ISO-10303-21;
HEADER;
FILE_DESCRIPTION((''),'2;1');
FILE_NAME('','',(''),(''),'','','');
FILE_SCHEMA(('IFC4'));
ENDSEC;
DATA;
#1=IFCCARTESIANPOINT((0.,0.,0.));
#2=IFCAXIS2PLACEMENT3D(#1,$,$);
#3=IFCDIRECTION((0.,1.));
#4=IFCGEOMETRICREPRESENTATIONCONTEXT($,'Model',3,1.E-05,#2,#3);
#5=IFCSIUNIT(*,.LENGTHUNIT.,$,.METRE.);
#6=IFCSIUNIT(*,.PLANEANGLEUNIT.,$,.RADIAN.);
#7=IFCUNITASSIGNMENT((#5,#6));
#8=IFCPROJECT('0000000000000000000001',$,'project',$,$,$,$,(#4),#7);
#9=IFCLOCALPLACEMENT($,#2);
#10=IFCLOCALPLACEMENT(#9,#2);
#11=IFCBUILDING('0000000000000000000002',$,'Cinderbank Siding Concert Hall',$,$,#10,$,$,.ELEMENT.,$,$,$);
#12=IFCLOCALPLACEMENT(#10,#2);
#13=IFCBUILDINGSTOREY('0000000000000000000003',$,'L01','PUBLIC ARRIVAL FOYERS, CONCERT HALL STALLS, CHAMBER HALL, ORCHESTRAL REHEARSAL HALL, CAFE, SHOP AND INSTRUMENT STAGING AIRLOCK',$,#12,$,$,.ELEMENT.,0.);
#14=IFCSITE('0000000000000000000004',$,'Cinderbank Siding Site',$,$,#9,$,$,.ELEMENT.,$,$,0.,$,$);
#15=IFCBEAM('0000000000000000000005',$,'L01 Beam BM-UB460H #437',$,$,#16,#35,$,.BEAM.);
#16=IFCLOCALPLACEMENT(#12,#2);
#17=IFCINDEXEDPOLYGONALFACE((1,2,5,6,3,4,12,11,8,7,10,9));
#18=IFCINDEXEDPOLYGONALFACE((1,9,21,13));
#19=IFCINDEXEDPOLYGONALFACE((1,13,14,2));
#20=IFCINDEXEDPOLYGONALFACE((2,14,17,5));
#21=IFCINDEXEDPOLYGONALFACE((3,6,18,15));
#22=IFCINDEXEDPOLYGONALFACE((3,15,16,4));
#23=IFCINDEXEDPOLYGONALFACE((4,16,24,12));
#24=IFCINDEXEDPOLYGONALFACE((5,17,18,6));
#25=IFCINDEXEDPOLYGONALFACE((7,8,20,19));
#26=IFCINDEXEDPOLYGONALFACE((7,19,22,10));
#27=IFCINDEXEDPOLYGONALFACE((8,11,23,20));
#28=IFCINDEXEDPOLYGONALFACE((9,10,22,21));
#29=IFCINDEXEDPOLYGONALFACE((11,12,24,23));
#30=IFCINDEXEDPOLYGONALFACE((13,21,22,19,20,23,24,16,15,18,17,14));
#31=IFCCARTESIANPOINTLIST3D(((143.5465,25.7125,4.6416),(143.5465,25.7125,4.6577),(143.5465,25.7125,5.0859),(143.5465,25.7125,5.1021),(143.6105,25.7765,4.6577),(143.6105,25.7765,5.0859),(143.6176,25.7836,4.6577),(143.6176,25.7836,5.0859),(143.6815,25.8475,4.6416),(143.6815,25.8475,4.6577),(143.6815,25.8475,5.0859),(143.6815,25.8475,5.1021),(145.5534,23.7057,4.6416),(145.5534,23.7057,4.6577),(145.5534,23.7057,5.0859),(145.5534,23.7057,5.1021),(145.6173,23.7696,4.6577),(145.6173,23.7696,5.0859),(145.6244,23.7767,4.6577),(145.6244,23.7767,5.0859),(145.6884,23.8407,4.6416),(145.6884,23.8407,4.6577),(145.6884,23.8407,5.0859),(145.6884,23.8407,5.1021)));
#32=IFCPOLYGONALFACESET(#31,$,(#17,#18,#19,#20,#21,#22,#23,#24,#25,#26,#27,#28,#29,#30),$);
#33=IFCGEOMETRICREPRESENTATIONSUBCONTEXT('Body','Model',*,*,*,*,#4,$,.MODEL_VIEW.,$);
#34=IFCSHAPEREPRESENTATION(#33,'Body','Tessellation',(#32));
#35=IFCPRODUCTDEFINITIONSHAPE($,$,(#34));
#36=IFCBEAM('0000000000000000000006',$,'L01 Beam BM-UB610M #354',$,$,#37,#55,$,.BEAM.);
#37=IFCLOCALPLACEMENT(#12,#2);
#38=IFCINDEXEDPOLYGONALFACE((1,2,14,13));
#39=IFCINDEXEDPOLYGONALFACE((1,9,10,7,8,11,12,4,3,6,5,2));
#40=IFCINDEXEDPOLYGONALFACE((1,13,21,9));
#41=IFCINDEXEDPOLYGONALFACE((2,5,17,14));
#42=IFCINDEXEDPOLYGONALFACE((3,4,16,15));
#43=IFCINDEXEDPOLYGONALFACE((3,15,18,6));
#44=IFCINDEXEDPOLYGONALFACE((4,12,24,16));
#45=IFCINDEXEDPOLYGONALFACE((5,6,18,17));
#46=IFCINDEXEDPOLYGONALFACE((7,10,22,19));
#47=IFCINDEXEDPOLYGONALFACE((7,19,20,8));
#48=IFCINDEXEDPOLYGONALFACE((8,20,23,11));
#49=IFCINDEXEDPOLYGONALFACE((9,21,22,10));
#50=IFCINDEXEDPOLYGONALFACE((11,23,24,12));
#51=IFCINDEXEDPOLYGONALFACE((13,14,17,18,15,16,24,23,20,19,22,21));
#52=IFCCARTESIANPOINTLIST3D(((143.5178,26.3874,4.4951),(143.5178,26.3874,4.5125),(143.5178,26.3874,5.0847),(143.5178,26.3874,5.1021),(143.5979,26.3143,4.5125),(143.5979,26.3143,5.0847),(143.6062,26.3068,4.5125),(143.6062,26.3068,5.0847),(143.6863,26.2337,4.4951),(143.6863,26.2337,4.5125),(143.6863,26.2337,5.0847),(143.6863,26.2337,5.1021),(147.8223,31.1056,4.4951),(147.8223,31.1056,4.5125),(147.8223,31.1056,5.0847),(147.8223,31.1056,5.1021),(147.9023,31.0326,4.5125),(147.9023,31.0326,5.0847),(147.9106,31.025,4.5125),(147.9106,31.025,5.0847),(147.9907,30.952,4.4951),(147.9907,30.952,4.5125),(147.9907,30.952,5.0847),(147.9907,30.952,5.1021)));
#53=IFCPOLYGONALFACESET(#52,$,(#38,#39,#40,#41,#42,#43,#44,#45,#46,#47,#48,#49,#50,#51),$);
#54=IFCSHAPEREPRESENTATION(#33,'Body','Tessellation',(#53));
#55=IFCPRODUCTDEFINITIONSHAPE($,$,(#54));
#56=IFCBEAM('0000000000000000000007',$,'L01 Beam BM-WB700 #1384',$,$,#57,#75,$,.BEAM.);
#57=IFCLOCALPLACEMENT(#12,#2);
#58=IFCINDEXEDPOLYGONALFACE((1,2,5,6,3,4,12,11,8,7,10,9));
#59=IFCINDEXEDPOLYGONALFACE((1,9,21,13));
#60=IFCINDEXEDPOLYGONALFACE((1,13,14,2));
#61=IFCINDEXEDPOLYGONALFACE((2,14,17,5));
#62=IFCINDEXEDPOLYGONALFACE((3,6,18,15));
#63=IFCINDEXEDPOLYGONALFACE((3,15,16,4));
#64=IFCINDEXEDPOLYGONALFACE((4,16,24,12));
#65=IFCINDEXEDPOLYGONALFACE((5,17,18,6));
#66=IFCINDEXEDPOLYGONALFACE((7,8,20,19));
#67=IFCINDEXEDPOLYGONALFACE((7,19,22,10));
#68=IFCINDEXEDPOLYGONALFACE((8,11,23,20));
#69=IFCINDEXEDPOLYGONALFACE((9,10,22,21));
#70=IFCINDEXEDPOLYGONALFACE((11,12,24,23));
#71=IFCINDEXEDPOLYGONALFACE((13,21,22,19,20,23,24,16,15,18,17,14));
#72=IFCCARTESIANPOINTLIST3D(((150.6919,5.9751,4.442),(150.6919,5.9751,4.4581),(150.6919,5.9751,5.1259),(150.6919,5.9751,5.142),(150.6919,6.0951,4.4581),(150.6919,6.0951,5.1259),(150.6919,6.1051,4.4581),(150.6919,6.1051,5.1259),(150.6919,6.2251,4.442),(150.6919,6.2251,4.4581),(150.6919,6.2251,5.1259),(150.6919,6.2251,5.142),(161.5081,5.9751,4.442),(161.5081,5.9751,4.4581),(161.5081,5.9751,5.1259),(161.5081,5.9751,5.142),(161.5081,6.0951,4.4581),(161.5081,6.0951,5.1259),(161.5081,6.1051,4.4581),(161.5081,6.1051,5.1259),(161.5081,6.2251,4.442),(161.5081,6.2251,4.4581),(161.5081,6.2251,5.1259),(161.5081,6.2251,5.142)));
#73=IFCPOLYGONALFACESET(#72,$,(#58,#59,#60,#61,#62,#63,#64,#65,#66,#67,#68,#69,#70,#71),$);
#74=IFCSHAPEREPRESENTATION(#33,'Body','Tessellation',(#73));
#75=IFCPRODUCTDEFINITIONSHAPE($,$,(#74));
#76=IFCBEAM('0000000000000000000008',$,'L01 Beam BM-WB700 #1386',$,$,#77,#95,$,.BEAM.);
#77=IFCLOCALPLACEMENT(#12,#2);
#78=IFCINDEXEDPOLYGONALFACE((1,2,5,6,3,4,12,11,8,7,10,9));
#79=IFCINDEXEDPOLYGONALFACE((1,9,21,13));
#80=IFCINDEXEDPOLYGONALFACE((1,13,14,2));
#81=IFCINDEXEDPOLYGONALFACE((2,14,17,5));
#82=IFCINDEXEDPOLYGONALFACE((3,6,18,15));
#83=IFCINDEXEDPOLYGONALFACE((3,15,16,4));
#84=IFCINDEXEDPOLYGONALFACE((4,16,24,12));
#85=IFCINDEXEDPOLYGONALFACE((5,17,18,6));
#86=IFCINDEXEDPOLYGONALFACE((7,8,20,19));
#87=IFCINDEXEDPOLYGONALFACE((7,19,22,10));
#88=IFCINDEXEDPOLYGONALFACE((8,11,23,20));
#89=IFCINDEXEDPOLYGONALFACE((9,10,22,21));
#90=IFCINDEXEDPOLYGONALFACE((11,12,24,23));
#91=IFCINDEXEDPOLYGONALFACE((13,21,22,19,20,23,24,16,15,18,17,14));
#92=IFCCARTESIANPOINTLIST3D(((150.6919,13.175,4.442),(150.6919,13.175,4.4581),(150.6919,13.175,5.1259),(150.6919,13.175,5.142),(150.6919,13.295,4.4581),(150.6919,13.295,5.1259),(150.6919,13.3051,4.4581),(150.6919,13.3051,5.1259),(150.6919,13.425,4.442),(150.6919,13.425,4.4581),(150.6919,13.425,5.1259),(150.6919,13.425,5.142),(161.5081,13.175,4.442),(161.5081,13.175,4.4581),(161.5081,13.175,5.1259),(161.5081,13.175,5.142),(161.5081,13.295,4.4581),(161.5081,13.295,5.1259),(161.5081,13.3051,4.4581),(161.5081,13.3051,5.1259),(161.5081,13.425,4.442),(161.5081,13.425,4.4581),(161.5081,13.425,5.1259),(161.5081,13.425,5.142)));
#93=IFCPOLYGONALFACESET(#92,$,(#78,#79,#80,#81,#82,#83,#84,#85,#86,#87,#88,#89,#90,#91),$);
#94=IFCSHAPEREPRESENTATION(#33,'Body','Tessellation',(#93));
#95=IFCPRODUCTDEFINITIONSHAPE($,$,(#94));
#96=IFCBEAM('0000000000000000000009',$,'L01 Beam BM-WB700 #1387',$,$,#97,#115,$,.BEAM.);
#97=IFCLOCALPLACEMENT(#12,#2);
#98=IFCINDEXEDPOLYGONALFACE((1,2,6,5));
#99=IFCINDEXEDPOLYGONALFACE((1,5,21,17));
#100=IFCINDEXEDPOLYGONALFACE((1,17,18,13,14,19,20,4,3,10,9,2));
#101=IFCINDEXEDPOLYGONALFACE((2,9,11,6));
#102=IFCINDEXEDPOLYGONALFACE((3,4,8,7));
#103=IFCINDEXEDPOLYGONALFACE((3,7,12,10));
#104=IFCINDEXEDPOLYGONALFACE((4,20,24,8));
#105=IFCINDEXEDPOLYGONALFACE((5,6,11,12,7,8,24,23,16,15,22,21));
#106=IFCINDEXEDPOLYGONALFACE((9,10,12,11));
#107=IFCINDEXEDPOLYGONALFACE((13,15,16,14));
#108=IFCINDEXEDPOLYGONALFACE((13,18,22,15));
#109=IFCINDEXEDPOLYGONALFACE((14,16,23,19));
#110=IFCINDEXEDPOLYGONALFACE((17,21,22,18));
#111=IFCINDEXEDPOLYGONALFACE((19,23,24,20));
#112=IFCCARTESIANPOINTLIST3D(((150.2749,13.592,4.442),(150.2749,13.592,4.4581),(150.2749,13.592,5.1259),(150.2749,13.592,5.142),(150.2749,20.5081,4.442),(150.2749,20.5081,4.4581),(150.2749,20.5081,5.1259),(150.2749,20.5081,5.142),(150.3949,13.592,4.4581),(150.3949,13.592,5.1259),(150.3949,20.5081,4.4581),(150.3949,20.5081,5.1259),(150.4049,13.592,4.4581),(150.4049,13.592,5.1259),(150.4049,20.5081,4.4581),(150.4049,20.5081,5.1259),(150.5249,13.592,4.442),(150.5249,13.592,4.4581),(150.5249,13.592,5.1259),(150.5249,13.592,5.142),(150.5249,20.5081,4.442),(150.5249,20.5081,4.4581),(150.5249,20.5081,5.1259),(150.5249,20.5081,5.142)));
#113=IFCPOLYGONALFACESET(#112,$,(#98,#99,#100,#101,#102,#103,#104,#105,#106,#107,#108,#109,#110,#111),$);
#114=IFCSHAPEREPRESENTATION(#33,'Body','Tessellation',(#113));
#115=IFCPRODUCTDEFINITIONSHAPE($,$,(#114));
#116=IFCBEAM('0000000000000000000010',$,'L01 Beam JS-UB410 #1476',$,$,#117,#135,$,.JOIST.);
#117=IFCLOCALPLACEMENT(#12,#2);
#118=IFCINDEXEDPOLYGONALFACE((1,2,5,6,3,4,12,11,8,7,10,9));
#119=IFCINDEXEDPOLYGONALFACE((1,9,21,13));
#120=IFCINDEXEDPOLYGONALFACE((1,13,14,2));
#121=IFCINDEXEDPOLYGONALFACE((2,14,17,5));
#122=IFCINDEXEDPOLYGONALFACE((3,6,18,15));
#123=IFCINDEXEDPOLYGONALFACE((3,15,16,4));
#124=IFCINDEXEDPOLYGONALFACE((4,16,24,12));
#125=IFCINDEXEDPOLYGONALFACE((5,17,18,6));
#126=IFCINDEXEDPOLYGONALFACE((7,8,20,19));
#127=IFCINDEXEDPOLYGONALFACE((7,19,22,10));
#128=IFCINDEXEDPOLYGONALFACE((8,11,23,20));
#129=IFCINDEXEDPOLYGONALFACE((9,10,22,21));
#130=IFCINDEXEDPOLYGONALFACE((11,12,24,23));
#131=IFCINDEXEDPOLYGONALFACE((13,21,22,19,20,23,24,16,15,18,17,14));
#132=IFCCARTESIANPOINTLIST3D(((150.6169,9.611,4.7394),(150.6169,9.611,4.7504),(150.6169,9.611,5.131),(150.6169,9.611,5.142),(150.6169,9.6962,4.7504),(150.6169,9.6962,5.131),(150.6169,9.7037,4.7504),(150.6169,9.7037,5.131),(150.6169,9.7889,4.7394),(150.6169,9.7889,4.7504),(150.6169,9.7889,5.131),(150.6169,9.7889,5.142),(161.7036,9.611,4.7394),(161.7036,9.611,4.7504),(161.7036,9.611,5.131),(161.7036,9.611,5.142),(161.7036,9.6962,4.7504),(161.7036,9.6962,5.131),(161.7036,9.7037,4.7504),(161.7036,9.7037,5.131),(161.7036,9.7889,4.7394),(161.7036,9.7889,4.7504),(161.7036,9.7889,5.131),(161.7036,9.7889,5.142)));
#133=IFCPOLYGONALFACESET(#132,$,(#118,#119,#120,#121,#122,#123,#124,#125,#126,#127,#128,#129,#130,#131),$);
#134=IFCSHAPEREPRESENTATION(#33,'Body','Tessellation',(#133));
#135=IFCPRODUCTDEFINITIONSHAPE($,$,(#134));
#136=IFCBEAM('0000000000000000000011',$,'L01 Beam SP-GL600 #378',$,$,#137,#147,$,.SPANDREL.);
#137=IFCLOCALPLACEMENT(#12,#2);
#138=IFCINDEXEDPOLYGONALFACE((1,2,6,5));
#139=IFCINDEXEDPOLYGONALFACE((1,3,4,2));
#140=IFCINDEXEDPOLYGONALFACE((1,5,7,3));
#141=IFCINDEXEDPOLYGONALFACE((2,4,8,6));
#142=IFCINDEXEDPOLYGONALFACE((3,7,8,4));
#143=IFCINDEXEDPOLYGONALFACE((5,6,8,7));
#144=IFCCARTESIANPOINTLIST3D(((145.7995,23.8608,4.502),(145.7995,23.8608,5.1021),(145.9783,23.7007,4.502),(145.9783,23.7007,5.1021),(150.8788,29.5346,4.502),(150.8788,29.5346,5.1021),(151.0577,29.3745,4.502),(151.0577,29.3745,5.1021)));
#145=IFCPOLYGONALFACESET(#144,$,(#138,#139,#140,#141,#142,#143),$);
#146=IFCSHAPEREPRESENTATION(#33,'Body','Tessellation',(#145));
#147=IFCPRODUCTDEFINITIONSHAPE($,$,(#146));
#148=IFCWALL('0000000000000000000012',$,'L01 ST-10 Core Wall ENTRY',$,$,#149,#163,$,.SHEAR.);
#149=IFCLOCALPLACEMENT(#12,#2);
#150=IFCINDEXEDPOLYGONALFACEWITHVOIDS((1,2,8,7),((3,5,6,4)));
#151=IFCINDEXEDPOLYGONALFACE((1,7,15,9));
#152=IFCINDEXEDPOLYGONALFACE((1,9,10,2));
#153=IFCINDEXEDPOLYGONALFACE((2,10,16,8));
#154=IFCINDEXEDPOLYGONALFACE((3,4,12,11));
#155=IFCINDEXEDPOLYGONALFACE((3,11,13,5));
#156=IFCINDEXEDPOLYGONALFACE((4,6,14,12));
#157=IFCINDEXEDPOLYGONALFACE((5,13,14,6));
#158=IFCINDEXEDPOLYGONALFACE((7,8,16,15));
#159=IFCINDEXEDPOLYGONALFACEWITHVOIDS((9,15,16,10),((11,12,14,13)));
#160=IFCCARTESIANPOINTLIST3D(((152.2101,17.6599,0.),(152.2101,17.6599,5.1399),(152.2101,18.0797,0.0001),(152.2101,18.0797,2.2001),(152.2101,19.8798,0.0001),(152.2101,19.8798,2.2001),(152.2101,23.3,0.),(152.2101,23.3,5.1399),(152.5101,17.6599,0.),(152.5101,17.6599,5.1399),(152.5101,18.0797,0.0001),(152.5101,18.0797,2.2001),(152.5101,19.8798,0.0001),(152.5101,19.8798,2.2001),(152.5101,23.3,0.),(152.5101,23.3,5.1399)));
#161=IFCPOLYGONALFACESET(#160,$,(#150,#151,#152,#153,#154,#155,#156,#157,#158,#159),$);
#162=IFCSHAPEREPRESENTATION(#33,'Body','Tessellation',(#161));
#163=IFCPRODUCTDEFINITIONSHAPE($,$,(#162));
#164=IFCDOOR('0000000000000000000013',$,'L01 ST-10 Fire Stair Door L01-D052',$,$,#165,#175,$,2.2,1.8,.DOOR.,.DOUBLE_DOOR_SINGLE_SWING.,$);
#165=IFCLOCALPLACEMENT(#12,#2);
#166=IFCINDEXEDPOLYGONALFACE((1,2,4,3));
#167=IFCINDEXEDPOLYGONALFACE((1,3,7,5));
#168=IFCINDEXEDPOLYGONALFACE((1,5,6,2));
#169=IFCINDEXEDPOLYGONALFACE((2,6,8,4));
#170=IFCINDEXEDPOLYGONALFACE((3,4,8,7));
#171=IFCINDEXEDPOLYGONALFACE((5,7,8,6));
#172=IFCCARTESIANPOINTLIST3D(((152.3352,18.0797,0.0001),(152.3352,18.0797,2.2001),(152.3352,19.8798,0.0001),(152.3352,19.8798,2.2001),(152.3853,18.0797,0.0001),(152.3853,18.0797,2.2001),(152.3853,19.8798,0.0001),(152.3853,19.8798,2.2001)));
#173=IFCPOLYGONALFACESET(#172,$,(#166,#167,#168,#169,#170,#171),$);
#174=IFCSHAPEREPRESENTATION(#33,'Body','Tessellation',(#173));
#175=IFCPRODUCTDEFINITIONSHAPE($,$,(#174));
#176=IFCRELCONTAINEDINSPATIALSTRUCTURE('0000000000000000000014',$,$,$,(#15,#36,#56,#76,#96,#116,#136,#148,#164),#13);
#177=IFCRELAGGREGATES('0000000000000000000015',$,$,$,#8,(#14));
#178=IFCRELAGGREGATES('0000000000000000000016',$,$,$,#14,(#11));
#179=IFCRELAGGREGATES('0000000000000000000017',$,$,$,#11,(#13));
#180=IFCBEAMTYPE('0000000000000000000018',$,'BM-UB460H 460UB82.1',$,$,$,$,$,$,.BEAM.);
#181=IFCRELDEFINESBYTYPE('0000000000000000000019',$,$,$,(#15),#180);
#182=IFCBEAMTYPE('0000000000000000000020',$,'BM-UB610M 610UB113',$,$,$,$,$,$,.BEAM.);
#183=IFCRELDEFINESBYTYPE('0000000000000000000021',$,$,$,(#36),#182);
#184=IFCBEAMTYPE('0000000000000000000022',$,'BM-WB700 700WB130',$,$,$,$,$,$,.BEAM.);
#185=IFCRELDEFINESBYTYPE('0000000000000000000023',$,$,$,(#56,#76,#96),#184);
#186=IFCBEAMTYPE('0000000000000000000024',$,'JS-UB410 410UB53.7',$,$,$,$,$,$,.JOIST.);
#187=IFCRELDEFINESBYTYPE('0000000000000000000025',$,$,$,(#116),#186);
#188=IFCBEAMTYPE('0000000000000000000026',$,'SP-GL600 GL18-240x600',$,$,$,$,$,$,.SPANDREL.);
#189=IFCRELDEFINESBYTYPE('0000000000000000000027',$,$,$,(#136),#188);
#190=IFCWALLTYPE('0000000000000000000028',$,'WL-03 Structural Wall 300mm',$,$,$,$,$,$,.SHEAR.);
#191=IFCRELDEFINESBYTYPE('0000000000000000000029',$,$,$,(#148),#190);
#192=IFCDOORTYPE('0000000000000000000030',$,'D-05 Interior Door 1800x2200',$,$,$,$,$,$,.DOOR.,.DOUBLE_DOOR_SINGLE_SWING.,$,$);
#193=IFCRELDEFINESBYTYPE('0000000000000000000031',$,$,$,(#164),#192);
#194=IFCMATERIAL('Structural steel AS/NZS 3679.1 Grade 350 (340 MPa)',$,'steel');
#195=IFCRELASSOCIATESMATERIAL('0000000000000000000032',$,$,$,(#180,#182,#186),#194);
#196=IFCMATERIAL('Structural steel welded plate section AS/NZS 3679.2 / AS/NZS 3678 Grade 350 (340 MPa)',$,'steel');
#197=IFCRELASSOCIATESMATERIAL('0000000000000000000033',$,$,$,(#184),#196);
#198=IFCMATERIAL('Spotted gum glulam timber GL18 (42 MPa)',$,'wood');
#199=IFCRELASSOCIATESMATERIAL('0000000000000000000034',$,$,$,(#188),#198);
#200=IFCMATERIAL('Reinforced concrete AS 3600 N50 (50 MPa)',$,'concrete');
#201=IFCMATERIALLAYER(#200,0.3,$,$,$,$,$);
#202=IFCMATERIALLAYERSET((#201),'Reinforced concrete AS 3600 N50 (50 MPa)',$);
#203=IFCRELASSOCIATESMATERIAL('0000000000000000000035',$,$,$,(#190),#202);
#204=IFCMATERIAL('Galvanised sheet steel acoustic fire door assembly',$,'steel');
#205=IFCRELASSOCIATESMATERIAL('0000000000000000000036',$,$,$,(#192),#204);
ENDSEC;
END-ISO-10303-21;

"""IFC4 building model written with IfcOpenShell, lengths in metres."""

from ifc_helpers import new_model, si_unit, direction, frame, frame_2d, origin, origin_2d, place, context, subcontext, project, spatial, rectangle, i_section, extrude, material, layer, layer_set, material_profile, profile_set, type_object, element, fill, save


model = new_model("IFC4")

# Units and contexts
model_context = context("Model", 3, precision=1e-05, world=origin(), true_north=direction((0.0, 1.0)))
body_context = subcontext(model_context, "Body", "Model", "MODEL_VIEW")
ifc_project = project(units=[si_unit("LENGTHUNIT", "METRE"), si_unit("PLANEANGLEUNIT", "RADIAN")], contexts=[model_context])

# Site, building, storey
site_placement = place(None, origin())
site = spatial("IfcSite", under=ifc_project, at=site_placement, Name="Cinderbank Siding Site", CompositionType="ELEMENT", RefElevation=0.0)
building_placement = place(site_placement, origin())
building = spatial("IfcBuilding", under=site, at=building_placement, Name="Cinderbank Siding Concert Hall", CompositionType="ELEMENT")
storey_placement = place(building_placement, origin())
storey = spatial("IfcBuildingStorey", under=building, at=storey_placement, Name="L01", Description="PUBLIC ARRIVAL FOYERS, CONCERT HALL STALLS, CHAMBER HALL, ORCHESTRAL REHEARSAL HALL, CAFE, SHOP AND INSTRUMENT STAGING AIRLOCK", CompositionType="ELEMENT", Elevation=0.0)

# Shared definitions
ifc_material_1 = material(Name="Reinforced concrete AS 3600 N50 (50 MPa)", Category="concrete")

# Beams
ifc_material_2 = material(Name="Structural steel AS/NZS 3679.1 Grade 350 (340 MPa)", Category="steel")
ifc_material_profile_1 = material_profile(ifc_material_2, i_section(OverallWidth=0.1909, OverallDepth=0.4604, WebThickness=0.01, FlangeThickness=0.0161, at=origin_2d()), Name="460UB82.1", Category="LoadBearing")
ifc_profile_set_1 = profile_set([ifc_material_profile_1], Name="Structural steel AS/NZS 3679.1 Grade 350 (340 MPa)")
beam_type_1 = type_object("IfcBeamType", Name="BM-UB460H 460UB82.1", PredefinedType="BEAM", material=ifc_profile_set_1)
beam_1_placement = place(storey_placement, frame((143.614, 25.78, 4.8718), z_axis=(0.707107, -0.707107, 0.0), x_axis=(0.707107, 0.707107, 0.0)))
element("IfcBeam", 1, at=beam_1_placement, inside=storey, type_object=beam_type_1, Name="L01 Beam BM-UB460H #437", PredefinedType="BEAM", context=body_context, shape_type="SweptSolid", body=[
    extrude(i_section(OverallWidth=0.1909, OverallDepth=0.4604, WebThickness=0.01, FlangeThickness=0.0161, at=origin_2d()), origin(), (0.0, 0.0, 1.0), 2.8381),
])
ifc_material_profile_2 = material_profile(ifc_material_2, i_section(OverallWidth=0.228, OverallDepth=0.6069, WebThickness=0.0112, FlangeThickness=0.0173, at=origin_2d()), Name="610UB113", Category="LoadBearing")
ifc_profile_set_2 = profile_set([ifc_material_profile_2], Name="Structural steel AS/NZS 3679.1 Grade 350 (340 MPa)")
beam_type_2 = type_object("IfcBeamType", Name="BM-UB610M 610UB113", PredefinedType="BEAM", material=ifc_profile_set_2)
beam_2_placement = place(storey_placement, frame((143.6021, 26.3105, 4.7986), z_axis=(0.673967, 0.738761, 0.0), x_axis=(-0.738761, 0.673967, 0.0)))
element("IfcBeam", 2, at=beam_2_placement, inside=storey, type_object=beam_type_2, Name="L01 Beam BM-UB610M #354", PredefinedType="BEAM", context=body_context, shape_type="SweptSolid", body=[
    extrude(i_section(OverallWidth=0.228, OverallDepth=0.6069, WebThickness=0.0112, FlangeThickness=0.0173, at=origin_2d()), origin(), (0.0, 0.0, 1.0), 6.3867),
])
ifc_material_3 = material(Name="Structural steel welded plate section AS/NZS 3679.2 / AS/NZS 3678 Grade 350 (340 MPa)", Category="steel")
ifc_material_profile_3 = material_profile(ifc_material_3, i_section(OverallWidth=0.25, OverallDepth=0.7, WebThickness=0.01, FlangeThickness=0.0161, at=origin_2d()), Name="700WB130", Category="LoadBearing")
ifc_profile_set_3 = profile_set([ifc_material_profile_3], Name="Structural steel welded plate section AS/NZS 3679.2 / AS/NZS 3678 Grade 350 (340 MPa)")
beam_type_3 = type_object("IfcBeamType", Name="BM-WB700 700WB130", PredefinedType="BEAM", material=ifc_profile_set_3)
for number, where, z_axis, x_axis, name in (
    (3, (150.6919, 6.1001, 4.792), (1.0, 0.0, 0.0), (0.0, 1.0, 0.0), "L01 Beam BM-WB700 #1384"),
    (4, (150.6919, 13.3, 4.792), (1.0, 0.0, 0.0), (0.0, 1.0, 0.0), "L01 Beam BM-WB700 #1386"),
):
    element("IfcBeam", number, at=place(storey_placement, frame(where, z_axis=z_axis, x_axis=x_axis)), inside=storey, type_object=beam_type_3, Name=name, PredefinedType="BEAM", context=body_context, shape_type="SweptSolid", body=[
        extrude(i_section(OverallWidth=0.25, OverallDepth=0.7, WebThickness=0.01, FlangeThickness=0.0161, at=origin_2d()), origin(), (0.0, 0.0, 1.0), 10.8162),
    ])
beam_3_placement = place(storey_placement, frame((150.3999, 13.592, 4.792), z_axis=(0.0, 1.0, 0.0), x_axis=(-1.0, 0.0, 0.0)))
element("IfcBeam", 5, at=beam_3_placement, inside=storey, type_object=beam_type_3, Name="L01 Beam BM-WB700 #1387", PredefinedType="BEAM", context=body_context, shape_type="SweptSolid", body=[
    extrude(i_section(OverallWidth=0.25, OverallDepth=0.7, WebThickness=0.01, FlangeThickness=0.0161, at=origin_2d()), origin(), (0.0, 0.0, 1.0), 6.916),
])
ifc_material_profile_4 = material_profile(ifc_material_2, i_section(OverallWidth=0.178, OverallDepth=0.4026, WebThickness=0.0076, FlangeThickness=0.011, at=origin_2d()), Name="410UB53.7", Category="LoadBearing")
ifc_profile_set_4 = profile_set([ifc_material_profile_4], Name="Structural steel AS/NZS 3679.1 Grade 350 (340 MPa)")
beam_type_4 = type_object("IfcBeamType", Name="JS-UB410 410UB53.7", PredefinedType="JOIST", material=ifc_profile_set_4)
beam_4_placement = place(storey_placement, frame((150.6169, 9.7, 4.9407), z_axis=(1.0, 0.0, 0.0), x_axis=(0.0, 1.0, 0.0)))
element("IfcBeam", 6, at=beam_4_placement, inside=storey, type_object=beam_type_4, Name="L01 Beam JS-UB410 #1476", PredefinedType="JOIST", context=body_context, shape_type="SweptSolid", body=[
    extrude(i_section(OverallWidth=0.178, OverallDepth=0.4026, WebThickness=0.0076, FlangeThickness=0.011, at=origin_2d()), origin(), (0.0, 0.0, 1.0), 11.0867),
])
ifc_material_4 = material(Name="Spotted gum glulam timber GL18 (42 MPa)", Category="wood")
ifc_material_profile_5 = material_profile(ifc_material_4, rectangle(XDim=0.24, YDim=0.6001, at=origin_2d()), Name="GL18-240x600", Category="LoadBearing")
ifc_profile_set_5 = profile_set([ifc_material_profile_5], Name="Spotted gum glulam timber GL18 (42 MPa)")
beam_type_5 = type_object("IfcBeamType", Name="SP-GL600 GL18-240x600", PredefinedType="SPANDREL", material=ifc_profile_set_5)
beam_5_placement = place(storey_placement, frame((145.8889, 23.7808, 4.802), z_axis=(0.666996, 0.745061, 0.0), x_axis=(-0.745061, 0.666996, 0.0)))
element("IfcBeam", 7, at=beam_5_placement, inside=storey, type_object=beam_type_5, Name="L01 Beam SP-GL600 #378", PredefinedType="SPANDREL", context=body_context, shape_type="SweptSolid", body=[
    extrude(rectangle(XDim=0.24, YDim=0.6001, at=origin_2d()), origin(), (0.0, 0.0, 1.0), 7.6152),
])

# Wall, opening, door
ifc_layer_1 = layer(ifc_material_1, 0.3)
ifc_layer_set_1 = layer_set([ifc_layer_1], Name="Reinforced concrete AS 3600 N50 (50 MPa)")
wall_type_1 = type_object("IfcWallType", Name="WL-03 Structural Wall 300mm", PredefinedType="SHEAR", material=ifc_layer_set_1)
wall_1_placement = place(storey_placement, frame((152.3601, 17.6599, 0.0), z_axis=(0.0, 0.0, 1.0), x_axis=(0.0, 1.0, 0.0)))
wall_1 = element("IfcWall", 8, at=wall_1_placement, inside=storey, type_object=wall_type_1, Name="L01 ST-10 Core Wall ENTRY", PredefinedType="SHEAR", context=body_context, shape_type="SweptSolid", body=[
    extrude(rectangle(XDim=5.6401, YDim=0.3, at=frame_2d((2.8201, 0.0))), origin(), (0.0, 0.0, 1.0), 5.1399),
])
opening_1_placement = place(wall_1_placement, frame((0.4199, 0.0, 0.0)))
opening_1 = element("IfcOpeningElement", 9, at=opening_1_placement, cuts=wall_1, PredefinedType="OPENING", context=body_context, shape_type="SweptSolid", body=[
    extrude(rectangle(XDim=1.8, YDim=2.2, at=frame_2d((0.8999, 1.1001))), frame((0.0, 0.1621, 0.0), z_axis=(0.0, -1.0, 0.0), x_axis=(1.0, 0.0, 0.0)), (0.0, 0.0, 1.0), 0.324),
])
ifc_material_5 = material(Name="Galvanised sheet steel acoustic fire door assembly", Category="steel")
door_type_1 = type_object("IfcDoorType", Name="D-05 Interior Door 1800x2200", OperationType="DOUBLE_DOOR_SINGLE_SWING", PredefinedType="DOOR", material=ifc_material_5)
door_1_placement = place(opening_1_placement, origin())
door_1 = element("IfcDoor", 10, at=door_1_placement, inside=storey, type_object=door_type_1, Name="L01 ST-10 Fire Stair Door L01-D052", OperationType="DOUBLE_DOOR_SINGLE_SWING", OverallHeight=2.2, OverallWidth=1.8, PredefinedType="DOOR", context=body_context, shape_type="SweptSolid", body=[
    extrude(rectangle(XDim=1.8, YDim=2.2, at=frame_2d((0.8999, 1.1001))), frame((0.0, 0.0249, 0.0), z_axis=(0.0, -1.0, 0.0), x_axis=(1.0, 0.0, 0.0)), (0.0, 0.0, 1.0), 0.05),
])
fill(opening_1, door_1)

save(model, "model.ifc")
